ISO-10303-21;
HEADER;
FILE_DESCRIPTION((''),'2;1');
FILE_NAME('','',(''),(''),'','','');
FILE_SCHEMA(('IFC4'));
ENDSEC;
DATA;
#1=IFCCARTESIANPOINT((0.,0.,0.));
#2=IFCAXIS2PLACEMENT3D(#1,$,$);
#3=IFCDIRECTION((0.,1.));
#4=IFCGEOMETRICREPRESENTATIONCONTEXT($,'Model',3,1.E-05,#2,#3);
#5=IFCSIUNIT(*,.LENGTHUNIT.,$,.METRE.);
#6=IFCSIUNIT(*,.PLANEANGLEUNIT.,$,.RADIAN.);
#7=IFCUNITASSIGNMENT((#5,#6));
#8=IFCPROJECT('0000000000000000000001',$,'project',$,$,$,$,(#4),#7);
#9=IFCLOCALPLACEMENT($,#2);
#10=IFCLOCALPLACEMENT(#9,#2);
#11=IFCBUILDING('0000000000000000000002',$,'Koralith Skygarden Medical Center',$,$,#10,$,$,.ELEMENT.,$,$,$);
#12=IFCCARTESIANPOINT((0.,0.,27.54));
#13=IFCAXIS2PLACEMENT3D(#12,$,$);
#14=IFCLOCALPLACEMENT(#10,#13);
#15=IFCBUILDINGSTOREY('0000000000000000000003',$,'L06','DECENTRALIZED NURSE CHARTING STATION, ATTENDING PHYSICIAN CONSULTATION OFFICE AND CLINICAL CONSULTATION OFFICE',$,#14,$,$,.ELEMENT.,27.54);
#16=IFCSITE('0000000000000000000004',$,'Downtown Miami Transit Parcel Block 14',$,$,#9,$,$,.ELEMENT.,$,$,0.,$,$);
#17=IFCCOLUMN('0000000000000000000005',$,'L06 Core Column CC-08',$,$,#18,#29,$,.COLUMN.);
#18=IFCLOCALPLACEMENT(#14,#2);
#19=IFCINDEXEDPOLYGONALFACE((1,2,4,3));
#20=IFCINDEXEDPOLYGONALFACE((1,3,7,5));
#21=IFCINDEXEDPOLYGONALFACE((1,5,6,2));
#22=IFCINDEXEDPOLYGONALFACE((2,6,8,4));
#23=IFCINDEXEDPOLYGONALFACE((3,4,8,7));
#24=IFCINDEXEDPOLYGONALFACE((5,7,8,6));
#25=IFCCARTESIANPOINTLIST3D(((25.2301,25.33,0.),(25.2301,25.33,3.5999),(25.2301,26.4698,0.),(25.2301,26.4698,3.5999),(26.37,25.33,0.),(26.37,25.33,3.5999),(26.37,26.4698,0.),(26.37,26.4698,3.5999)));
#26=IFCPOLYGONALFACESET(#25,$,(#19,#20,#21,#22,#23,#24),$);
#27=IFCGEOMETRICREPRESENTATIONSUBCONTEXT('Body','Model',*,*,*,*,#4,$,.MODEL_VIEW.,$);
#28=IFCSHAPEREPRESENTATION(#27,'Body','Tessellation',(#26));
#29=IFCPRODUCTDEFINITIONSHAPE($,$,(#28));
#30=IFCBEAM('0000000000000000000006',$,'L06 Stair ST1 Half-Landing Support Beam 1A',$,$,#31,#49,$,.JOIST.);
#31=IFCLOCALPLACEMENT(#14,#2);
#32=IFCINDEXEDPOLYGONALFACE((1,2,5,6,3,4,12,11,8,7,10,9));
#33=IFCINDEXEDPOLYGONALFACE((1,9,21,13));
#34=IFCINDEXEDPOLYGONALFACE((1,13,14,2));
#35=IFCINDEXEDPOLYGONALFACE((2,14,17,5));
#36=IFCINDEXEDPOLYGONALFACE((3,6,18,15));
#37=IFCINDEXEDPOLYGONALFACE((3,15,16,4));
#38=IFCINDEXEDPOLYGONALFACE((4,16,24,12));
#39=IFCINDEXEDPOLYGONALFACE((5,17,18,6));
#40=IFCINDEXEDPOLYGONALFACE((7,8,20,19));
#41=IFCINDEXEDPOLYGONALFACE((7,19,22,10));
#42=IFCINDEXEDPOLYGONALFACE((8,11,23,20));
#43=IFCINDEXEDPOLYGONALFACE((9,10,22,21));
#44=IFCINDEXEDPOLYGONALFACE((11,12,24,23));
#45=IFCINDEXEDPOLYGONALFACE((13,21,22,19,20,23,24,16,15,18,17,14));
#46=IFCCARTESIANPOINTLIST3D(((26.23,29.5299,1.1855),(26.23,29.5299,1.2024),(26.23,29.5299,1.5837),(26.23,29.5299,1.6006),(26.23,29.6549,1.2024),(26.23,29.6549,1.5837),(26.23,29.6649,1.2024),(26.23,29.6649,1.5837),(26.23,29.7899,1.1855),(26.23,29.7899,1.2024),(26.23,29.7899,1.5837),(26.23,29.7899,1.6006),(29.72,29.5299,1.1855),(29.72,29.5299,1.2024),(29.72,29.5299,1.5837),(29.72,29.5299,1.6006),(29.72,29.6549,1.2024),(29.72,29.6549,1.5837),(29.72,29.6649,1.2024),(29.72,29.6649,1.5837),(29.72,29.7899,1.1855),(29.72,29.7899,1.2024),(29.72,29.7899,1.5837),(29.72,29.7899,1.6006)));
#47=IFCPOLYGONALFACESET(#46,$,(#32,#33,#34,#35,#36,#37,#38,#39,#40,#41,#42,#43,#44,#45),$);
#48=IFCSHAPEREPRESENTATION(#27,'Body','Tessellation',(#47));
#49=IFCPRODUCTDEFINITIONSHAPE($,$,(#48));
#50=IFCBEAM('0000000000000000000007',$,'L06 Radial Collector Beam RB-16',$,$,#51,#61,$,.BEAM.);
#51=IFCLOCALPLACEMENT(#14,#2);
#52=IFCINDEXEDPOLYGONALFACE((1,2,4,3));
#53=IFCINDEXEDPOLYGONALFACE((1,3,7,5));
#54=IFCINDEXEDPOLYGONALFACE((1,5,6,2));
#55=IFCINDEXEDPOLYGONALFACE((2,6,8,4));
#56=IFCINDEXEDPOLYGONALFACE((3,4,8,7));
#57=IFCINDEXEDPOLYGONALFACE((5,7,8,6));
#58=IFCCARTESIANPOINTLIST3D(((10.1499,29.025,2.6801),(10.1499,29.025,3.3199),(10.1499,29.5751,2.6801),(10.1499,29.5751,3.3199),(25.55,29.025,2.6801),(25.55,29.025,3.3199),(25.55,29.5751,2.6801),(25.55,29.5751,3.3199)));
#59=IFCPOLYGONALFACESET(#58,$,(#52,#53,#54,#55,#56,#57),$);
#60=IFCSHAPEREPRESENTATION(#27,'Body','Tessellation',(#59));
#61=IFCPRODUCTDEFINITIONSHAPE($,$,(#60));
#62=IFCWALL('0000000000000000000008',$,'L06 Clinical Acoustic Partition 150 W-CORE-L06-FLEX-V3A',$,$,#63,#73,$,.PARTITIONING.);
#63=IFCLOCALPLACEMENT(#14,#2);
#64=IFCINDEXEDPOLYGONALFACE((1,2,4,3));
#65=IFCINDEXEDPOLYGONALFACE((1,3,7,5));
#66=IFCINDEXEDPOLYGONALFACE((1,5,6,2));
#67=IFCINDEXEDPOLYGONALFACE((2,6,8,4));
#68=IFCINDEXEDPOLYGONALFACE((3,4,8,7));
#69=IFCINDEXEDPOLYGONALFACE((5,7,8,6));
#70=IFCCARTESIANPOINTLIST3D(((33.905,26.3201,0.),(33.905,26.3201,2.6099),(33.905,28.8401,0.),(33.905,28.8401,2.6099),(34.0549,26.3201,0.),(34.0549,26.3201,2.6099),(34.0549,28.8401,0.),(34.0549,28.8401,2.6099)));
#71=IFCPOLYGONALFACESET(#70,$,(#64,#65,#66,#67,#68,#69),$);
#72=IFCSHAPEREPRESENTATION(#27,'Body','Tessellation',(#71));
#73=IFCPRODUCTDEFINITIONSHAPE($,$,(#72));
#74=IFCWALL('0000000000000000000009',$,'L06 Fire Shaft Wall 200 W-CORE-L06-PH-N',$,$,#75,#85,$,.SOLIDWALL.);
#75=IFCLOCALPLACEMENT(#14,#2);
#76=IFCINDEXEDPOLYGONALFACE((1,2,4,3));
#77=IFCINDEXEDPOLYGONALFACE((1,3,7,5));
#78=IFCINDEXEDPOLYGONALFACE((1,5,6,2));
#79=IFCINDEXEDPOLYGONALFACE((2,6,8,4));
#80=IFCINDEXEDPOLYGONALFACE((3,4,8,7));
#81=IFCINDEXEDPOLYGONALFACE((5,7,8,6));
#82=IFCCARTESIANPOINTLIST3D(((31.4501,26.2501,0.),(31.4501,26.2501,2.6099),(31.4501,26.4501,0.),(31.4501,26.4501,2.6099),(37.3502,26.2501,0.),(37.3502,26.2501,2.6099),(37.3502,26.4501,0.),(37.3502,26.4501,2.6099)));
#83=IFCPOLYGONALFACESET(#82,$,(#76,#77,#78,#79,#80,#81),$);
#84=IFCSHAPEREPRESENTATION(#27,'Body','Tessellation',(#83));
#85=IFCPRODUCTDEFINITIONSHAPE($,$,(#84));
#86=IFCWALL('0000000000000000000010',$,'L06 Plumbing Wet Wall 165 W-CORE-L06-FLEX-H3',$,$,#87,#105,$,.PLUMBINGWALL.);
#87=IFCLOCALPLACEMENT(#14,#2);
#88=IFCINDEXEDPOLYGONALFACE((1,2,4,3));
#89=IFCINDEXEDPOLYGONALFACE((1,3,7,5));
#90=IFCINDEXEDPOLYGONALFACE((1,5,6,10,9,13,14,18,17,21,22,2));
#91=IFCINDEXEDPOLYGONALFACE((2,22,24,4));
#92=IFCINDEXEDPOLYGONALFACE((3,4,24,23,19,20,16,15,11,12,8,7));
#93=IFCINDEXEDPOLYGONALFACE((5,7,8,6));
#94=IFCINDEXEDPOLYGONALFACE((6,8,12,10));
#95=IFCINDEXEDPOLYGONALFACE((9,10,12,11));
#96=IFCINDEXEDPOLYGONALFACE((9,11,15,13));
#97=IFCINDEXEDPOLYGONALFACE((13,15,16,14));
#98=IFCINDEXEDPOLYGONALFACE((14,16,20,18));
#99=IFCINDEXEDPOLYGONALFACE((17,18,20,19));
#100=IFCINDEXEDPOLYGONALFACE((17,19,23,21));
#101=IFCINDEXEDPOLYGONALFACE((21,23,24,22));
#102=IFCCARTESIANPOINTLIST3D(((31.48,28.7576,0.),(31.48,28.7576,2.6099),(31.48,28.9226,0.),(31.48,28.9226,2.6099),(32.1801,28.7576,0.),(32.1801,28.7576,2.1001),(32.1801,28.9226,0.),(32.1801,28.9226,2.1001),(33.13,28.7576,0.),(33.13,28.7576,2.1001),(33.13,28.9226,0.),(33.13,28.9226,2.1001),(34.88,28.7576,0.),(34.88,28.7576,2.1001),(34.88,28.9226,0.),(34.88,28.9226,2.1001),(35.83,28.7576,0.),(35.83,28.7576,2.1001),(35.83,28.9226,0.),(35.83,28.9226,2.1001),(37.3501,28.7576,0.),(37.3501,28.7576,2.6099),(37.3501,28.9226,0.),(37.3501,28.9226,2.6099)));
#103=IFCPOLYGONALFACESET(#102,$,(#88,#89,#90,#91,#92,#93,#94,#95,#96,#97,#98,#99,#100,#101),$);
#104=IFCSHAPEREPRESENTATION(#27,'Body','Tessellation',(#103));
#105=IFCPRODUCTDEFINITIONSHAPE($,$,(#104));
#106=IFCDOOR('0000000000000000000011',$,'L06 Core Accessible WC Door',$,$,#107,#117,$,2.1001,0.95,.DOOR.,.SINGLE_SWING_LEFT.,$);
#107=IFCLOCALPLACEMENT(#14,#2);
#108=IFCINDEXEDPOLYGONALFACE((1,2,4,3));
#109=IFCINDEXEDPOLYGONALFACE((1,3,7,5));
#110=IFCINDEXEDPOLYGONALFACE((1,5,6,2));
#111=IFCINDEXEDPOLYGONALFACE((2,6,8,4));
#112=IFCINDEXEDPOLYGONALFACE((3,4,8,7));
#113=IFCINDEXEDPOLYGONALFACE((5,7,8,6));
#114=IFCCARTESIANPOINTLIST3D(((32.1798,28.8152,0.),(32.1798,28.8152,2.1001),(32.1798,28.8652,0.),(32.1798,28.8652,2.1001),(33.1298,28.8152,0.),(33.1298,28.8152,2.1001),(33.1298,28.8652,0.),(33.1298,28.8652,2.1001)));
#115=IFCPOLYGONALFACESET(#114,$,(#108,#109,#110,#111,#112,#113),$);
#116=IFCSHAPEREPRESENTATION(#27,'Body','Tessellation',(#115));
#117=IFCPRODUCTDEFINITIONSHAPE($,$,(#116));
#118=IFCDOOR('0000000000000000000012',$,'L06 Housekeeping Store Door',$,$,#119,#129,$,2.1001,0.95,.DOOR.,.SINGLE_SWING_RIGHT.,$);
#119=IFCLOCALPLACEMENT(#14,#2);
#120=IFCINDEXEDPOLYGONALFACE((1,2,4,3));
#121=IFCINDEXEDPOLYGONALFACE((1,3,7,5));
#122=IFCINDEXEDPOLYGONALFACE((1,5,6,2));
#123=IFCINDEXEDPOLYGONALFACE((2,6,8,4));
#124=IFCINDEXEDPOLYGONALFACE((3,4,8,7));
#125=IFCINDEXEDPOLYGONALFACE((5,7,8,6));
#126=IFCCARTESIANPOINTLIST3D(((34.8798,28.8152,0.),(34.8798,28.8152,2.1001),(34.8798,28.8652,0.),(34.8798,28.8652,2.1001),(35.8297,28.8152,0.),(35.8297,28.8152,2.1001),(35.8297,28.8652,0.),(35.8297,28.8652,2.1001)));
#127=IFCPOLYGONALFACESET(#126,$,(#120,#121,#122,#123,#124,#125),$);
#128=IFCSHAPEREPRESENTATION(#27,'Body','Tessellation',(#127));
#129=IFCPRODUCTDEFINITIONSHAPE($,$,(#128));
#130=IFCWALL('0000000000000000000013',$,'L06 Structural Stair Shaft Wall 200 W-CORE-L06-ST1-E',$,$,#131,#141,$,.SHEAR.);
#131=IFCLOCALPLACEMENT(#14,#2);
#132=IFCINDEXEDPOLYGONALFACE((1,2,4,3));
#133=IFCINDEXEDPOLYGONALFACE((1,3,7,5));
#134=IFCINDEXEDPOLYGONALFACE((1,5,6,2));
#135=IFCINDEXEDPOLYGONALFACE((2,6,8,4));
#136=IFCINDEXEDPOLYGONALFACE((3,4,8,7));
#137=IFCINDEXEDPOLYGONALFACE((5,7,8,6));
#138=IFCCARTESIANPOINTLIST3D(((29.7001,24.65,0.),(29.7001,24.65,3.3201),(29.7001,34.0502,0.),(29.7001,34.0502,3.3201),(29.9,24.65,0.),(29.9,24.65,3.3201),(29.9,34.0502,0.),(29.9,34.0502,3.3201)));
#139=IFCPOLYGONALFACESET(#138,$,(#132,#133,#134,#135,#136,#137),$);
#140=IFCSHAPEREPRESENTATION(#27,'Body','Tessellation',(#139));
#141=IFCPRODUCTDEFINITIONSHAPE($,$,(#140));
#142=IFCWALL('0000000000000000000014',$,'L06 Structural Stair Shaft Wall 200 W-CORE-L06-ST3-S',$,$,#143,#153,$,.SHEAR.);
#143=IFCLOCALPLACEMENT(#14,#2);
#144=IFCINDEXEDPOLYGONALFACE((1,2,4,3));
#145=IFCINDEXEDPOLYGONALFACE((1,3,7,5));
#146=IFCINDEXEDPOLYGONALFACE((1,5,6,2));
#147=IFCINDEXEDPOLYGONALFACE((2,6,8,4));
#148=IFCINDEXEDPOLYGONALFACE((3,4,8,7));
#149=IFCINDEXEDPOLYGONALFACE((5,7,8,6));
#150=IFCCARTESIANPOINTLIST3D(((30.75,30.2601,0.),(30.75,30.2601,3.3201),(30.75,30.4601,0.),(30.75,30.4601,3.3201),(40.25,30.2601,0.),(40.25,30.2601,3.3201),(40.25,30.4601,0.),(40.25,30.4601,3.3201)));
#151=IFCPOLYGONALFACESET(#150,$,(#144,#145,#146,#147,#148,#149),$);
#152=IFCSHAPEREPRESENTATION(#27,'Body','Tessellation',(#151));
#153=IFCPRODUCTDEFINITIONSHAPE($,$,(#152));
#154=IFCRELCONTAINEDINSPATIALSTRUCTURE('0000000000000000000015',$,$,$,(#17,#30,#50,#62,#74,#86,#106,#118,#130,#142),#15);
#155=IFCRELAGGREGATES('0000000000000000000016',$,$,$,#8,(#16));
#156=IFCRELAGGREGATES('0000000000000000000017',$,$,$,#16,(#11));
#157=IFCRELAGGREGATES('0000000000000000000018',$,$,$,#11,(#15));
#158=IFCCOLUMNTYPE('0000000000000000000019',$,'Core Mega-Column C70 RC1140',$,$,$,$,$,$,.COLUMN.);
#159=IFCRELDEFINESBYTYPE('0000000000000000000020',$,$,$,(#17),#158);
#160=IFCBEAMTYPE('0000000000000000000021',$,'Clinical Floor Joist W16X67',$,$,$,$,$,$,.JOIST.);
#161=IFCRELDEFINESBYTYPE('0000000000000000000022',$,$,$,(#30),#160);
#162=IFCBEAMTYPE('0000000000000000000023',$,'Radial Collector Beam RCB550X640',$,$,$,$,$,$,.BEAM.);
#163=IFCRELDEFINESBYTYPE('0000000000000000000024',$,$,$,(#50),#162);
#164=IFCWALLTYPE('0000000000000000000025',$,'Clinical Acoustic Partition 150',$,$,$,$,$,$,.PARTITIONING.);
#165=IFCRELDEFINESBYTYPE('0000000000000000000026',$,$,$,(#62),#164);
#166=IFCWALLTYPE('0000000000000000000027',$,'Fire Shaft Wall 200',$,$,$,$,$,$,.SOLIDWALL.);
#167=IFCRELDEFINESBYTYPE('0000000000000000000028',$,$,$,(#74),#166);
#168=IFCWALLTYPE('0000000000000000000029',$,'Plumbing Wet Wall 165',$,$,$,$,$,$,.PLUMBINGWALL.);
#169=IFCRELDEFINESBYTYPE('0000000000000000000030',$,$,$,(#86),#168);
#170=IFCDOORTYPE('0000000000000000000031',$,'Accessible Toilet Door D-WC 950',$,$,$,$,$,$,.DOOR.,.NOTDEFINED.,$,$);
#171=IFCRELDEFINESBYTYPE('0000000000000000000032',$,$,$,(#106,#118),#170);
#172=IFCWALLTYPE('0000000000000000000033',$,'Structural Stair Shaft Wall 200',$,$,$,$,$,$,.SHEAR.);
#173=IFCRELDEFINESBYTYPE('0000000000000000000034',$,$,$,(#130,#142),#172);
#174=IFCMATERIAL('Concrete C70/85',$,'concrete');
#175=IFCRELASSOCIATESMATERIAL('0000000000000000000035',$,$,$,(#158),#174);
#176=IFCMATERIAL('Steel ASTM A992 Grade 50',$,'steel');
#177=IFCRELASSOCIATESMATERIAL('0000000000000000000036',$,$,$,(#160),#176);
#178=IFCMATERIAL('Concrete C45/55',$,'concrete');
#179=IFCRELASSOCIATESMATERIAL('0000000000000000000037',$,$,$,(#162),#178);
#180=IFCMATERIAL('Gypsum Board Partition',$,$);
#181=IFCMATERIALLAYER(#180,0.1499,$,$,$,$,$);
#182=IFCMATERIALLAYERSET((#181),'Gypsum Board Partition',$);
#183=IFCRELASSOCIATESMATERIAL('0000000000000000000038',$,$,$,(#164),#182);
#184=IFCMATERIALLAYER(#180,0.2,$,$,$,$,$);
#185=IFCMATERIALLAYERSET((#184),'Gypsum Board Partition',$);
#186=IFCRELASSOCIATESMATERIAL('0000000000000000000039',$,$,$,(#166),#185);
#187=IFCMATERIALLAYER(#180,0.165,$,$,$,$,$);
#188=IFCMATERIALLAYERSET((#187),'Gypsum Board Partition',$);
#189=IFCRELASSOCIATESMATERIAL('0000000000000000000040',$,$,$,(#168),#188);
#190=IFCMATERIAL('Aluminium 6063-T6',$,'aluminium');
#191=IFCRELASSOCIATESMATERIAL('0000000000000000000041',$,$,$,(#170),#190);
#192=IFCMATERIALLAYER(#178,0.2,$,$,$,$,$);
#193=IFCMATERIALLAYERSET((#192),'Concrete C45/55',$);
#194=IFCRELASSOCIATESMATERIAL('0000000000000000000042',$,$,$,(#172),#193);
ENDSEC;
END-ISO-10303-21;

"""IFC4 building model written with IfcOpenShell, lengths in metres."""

from ifc_helpers import new_model, si_unit, direction, frame, frame_2d, origin, origin_2d, place, context, subcontext, project, spatial, rectangle, i_section, extrude, material, layer, layer_set, material_profile, profile_set, type_object, element, fill, save


model = new_model("IFC4")

# Units and contexts
model_context = context("Model", 3, precision=1e-05, world=origin(), true_north=direction((0.0, 1.0)))
body_context = subcontext(model_context, "Body", "Model", "MODEL_VIEW")
ifc_project = project(units=[si_unit("LENGTHUNIT", "METRE"), si_unit("PLANEANGLEUNIT", "RADIAN")], contexts=[model_context])

# Site, building, storey
site_placement = place(None, origin())
site = spatial("IfcSite", under=ifc_project, at=site_placement, Name="Downtown Miami Transit Parcel Block 14", CompositionType="ELEMENT", RefElevation=0.0)
building_placement = place(site_placement, origin())
building = spatial("IfcBuilding", under=site, at=building_placement, Name="Koralith Skygarden Medical Center", CompositionType="ELEMENT")
storey_placement = place(building_placement, frame((0.0, 0.0, 27.54)))
storey = spatial("IfcBuildingStorey", under=building, at=storey_placement, Name="L06", Description="DECENTRALIZED NURSE CHARTING STATION, ATTENDING PHYSICIAN CONSULTATION OFFICE AND CLINICAL CONSULTATION OFFICE", CompositionType="ELEMENT", Elevation=27.54)

# Column
ifc_material_1 = material(Name="Concrete C70/85", Category="concrete")
ifc_material_profile_1 = material_profile(ifc_material_1, rectangle(XDim=1.1399, YDim=1.1399, at=origin_2d()), Name="RC1140X1140")
ifc_profile_set_1 = profile_set([ifc_material_profile_1], Name="Concrete C70/85")
column_type = type_object("IfcColumnType", Name="Core Mega-Column C70 RC1140", PredefinedType="COLUMN", material=ifc_profile_set_1)
column_placement = place(storey_placement, frame((25.8, 25.8999, 0.0), z_axis=(0.0, 0.0, 1.0), x_axis=(1.0, 0.0, 0.0)))
element("IfcColumn", 1, at=column_placement, inside=storey, type_object=column_type, Name="L06 Core Column CC-08", PredefinedType="COLUMN", context=body_context, shape_type="SweptSolid", body=[
    extrude(rectangle(XDim=1.1399, YDim=1.1399, at=origin_2d()), origin(), (0.0, 0.0, 1.0), 3.5999),
])

# Beams
ifc_material_2 = material(Name="Steel ASTM A992 Grade 50", Category="steel")
ifc_material_profile_2 = material_profile(ifc_material_2, i_section(OverallWidth=0.26, OverallDepth=0.415, WebThickness=0.01, FlangeThickness=0.0168, at=origin_2d()), Name="W16X67")
ifc_profile_set_2 = profile_set([ifc_material_profile_2], Name="Steel ASTM A992 Grade 50")
beam_type_1 = type_object("IfcBeamType", Name="Clinical Floor Joist W16X67", PredefinedType="JOIST", material=ifc_profile_set_2)
beam_1_placement = place(storey_placement, frame((26.23, 29.6599, 1.3931), z_axis=(1.0, 0.0, 0.0), x_axis=(0.0, 1.0, 0.0)))
element("IfcBeam", 2, at=beam_1_placement, inside=storey, type_object=beam_type_1, Name="L06 Stair ST1 Half-Landing Support Beam 1A", PredefinedType="JOIST", context=body_context, shape_type="SweptSolid", body=[
    extrude(i_section(OverallWidth=0.26, OverallDepth=0.415, WebThickness=0.01, FlangeThickness=0.0168, at=origin_2d()), origin(), (0.0, 0.0, 1.0), 3.49),
])
ifc_material_3 = material(Name="Concrete C45/55", Category="concrete")
ifc_material_profile_3 = material_profile(ifc_material_3, rectangle(XDim=0.55, YDim=0.6399, at=origin_2d()), Name="RCB550X640")
ifc_profile_set_3 = profile_set([ifc_material_profile_3], Name="Concrete C45/55")
beam_type_2 = type_object("IfcBeamType", Name="Radial Collector Beam RCB550X640", PredefinedType="BEAM", material=ifc_profile_set_3)
beam_2_placement = place(storey_placement, frame((25.55, 29.3, 3.0), z_axis=(-1.0, 0.0, 0.0), x_axis=(0.0, -1.0, 0.0)))
element("IfcBeam", 3, at=beam_2_placement, inside=storey, type_object=beam_type_2, Name="L06 Radial Collector Beam RB-16", PredefinedType="BEAM", context=body_context, shape_type="SweptSolid", body=[
    extrude(rectangle(XDim=0.55, YDim=0.6399, at=origin_2d()), origin(), (0.0, 0.0, 1.0), 15.4001),
])

# Walls
ifc_material_4 = material(Name="Gypsum Board Partition")
ifc_layer_1 = layer(ifc_material_4, 0.1499)
ifc_layer_set_1 = layer_set([ifc_layer_1], Name="Gypsum Board Partition")
wall_type_1 = type_object("IfcWallType", Name="Clinical Acoustic Partition 150", PredefinedType="PARTITIONING", material=ifc_layer_set_1)
wall_1_placement = place(storey_placement, frame((33.98, 26.3201, 0.0), z_axis=(0.0, 0.0, 1.0), x_axis=(0.0, 1.0, 0.0)))
element("IfcWall", 4, at=wall_1_placement, inside=storey, type_object=wall_type_1, Name="L06 Clinical Acoustic Partition 150 W-CORE-L06-FLEX-V3A", PredefinedType="PARTITIONING", context=body_context, shape_type="SweptSolid", body=[
    extrude(rectangle(XDim=2.52, YDim=0.1499, at=frame_2d((1.26, 0.0))), origin(), (0.0, 0.0, 1.0), 2.6099),
])
ifc_layer_2 = layer(ifc_material_4, 0.2)
ifc_layer_set_2 = layer_set([ifc_layer_2], Name="Gypsum Board Partition")
wall_type_2 = type_object("IfcWallType", Name="Fire Shaft Wall 200", PredefinedType="SOLIDWALL", material=ifc_layer_set_2)
wall_2_placement = place(storey_placement, frame((31.45, 26.3501, 0.0), z_axis=(0.0, 0.0, 1.0), x_axis=(1.0, 0.0, 0.0)))
element("IfcWall", 5, at=wall_2_placement, inside=storey, type_object=wall_type_2, Name="L06 Fire Shaft Wall 200 W-CORE-L06-PH-N", PredefinedType="SOLIDWALL", context=body_context, shape_type="SweptSolid", body=[
    extrude(rectangle(XDim=5.9001, YDim=0.2, at=frame_2d((2.9502, 0.0))), origin(), (0.0, 0.0, 1.0), 2.6099),
])

# Shared definitions
ifc_layer_3 = layer(ifc_material_4, 0.165)
ifc_layer_set_3 = layer_set([ifc_layer_3], Name="Gypsum Board Partition")
wall_type_3 = type_object("IfcWallType", Name="Plumbing Wet Wall 165", PredefinedType="PLUMBINGWALL", material=ifc_layer_set_3)
ifc_material_5 = material(Name="Aluminium 6063-T6", Category="aluminium")

# Wall, openings, doors
wall_3_placement = place(storey_placement, frame((31.48, 28.8401, 0.0), z_axis=(0.0, 0.0, 1.0), x_axis=(1.0, 0.0, 0.0)))
wall_3 = element("IfcWall", 6, at=wall_3_placement, inside=storey, type_object=wall_type_3, Name="L06 Plumbing Wet Wall 165 W-CORE-L06-FLEX-H3", PredefinedType="PLUMBINGWALL", context=body_context, shape_type="SweptSolid", body=[
    extrude(rectangle(XDim=5.8701, YDim=0.165, at=frame_2d((2.9351, 0.0))), origin(), (0.0, 0.0, 1.0), 2.6099),
])
opening_1_placement = place(wall_3_placement, frame((0.7, 0.0, 0.0)))
opening_1 = element("IfcOpeningElement", 7, at=opening_1_placement, cuts=wall_3, PredefinedType="OPENING", context=body_context, shape_type="SweptSolid", body=[
    extrude(rectangle(XDim=0.95, YDim=2.1001, at=frame_2d((0.4751, 1.05))), frame((0.0, 0.0925, 0.0), z_axis=(0.0, -1.0, 0.0), x_axis=(1.0, 0.0, 0.0)), (0.0, 0.0, 1.0), 0.1851),
])
opening_2_placement = place(wall_3_placement, frame((3.3999, 0.0, 0.0)))
opening_2 = element("IfcOpeningElement", 8, at=opening_2_placement, cuts=wall_3, PredefinedType="OPENING", context=body_context, shape_type="SweptSolid", body=[
    extrude(rectangle(XDim=0.95, YDim=2.1001, at=frame_2d((0.4751, 1.05))), frame((0.0, 0.0925, 0.0), z_axis=(0.0, -1.0, 0.0), x_axis=(1.0, 0.0, 0.0)), (0.0, 0.0, 1.0), 0.1851),
])
door_type_1 = type_object("IfcDoorType", Name="Accessible Toilet Door D-WC 950", OperationType="NOTDEFINED", PredefinedType="DOOR", material=ifc_material_5)
door_1_placement = place(opening_1_placement, frame((0.95, 0.0, 0.0), z_axis=(0.0, 0.0, 1.0), x_axis=(-1.0, 0.0, 0.0)))
door_1 = element("IfcDoor", 9, at=door_1_placement, inside=storey, type_object=door_type_1, Name="L06 Core Accessible WC Door", OperationType="SINGLE_SWING_LEFT", OverallHeight=2.1001, OverallWidth=0.95, PredefinedType="DOOR", context=body_context, shape_type="SweptSolid", body=[
    extrude(rectangle(XDim=0.95, YDim=2.1001, at=frame_2d((0.4751, 1.05))), frame((0.0, 0.0249, 0.0), z_axis=(0.0, -1.0, 0.0), x_axis=(1.0, 0.0, 0.0)), (0.0, 0.0, 1.0), 0.05),
])
fill(opening_1, door_1)
door_2_placement = place(opening_2_placement, frame((0.95, 0.0, 0.0), z_axis=(0.0, 0.0, 1.0), x_axis=(-1.0, 0.0, 0.0)))
door_2 = element("IfcDoor", 10, at=door_2_placement, inside=storey, type_object=door_type_1, Name="L06 Housekeeping Store Door", OperationType="SINGLE_SWING_RIGHT", OverallHeight=2.1001, OverallWidth=0.95, PredefinedType="DOOR", context=body_context, shape_type="SweptSolid", body=[
    extrude(rectangle(XDim=0.95, YDim=2.1001, at=frame_2d((0.4751, 1.05))), frame((0.0, 0.0249, 0.0), z_axis=(0.0, -1.0, 0.0), x_axis=(1.0, 0.0, 0.0)), (0.0, 0.0, 1.0), 0.05),
])
fill(opening_2, door_2)

# Walls
ifc_layer_4 = layer(ifc_material_3, 0.2)
ifc_layer_set_4 = layer_set([ifc_layer_4], Name="Concrete C45/55")
wall_type_4 = type_object("IfcWallType", Name="Structural Stair Shaft Wall 200", PredefinedType="SHEAR", material=ifc_layer_set_4)
wall_4_placement = place(storey_placement, frame((29.8, 24.6499, 0.0), z_axis=(0.0, 0.0, 1.0), x_axis=(0.0, 1.0, 0.0)))
element("IfcWall", 11, at=wall_4_placement, inside=storey, type_object=wall_type_4, Name="L06 Structural Stair Shaft Wall 200 W-CORE-L06-ST1-E", PredefinedType="SHEAR", context=body_context, shape_type="SweptSolid", body=[
    extrude(rectangle(XDim=9.4001, YDim=0.2, at=frame_2d((4.7002, 0.0))), origin(), (0.0, 0.0, 1.0), 3.3201),
])
wall_5_placement = place(storey_placement, frame((30.75, 30.3601, 0.0), z_axis=(0.0, 0.0, 1.0), x_axis=(1.0, 0.0, 0.0)))
element("IfcWall", 12, at=wall_5_placement, inside=storey, type_object=wall_type_4, Name="L06 Structural Stair Shaft Wall 200 W-CORE-L06-ST3-S", PredefinedType="SHEAR", context=body_context, shape_type="SweptSolid", body=[
    extrude(rectangle(XDim=9.5, YDim=0.2, at=frame_2d((4.75, 0.0))), origin(), (0.0, 0.0, 1.0), 3.3201),
])

save(model, "model.ifc")
